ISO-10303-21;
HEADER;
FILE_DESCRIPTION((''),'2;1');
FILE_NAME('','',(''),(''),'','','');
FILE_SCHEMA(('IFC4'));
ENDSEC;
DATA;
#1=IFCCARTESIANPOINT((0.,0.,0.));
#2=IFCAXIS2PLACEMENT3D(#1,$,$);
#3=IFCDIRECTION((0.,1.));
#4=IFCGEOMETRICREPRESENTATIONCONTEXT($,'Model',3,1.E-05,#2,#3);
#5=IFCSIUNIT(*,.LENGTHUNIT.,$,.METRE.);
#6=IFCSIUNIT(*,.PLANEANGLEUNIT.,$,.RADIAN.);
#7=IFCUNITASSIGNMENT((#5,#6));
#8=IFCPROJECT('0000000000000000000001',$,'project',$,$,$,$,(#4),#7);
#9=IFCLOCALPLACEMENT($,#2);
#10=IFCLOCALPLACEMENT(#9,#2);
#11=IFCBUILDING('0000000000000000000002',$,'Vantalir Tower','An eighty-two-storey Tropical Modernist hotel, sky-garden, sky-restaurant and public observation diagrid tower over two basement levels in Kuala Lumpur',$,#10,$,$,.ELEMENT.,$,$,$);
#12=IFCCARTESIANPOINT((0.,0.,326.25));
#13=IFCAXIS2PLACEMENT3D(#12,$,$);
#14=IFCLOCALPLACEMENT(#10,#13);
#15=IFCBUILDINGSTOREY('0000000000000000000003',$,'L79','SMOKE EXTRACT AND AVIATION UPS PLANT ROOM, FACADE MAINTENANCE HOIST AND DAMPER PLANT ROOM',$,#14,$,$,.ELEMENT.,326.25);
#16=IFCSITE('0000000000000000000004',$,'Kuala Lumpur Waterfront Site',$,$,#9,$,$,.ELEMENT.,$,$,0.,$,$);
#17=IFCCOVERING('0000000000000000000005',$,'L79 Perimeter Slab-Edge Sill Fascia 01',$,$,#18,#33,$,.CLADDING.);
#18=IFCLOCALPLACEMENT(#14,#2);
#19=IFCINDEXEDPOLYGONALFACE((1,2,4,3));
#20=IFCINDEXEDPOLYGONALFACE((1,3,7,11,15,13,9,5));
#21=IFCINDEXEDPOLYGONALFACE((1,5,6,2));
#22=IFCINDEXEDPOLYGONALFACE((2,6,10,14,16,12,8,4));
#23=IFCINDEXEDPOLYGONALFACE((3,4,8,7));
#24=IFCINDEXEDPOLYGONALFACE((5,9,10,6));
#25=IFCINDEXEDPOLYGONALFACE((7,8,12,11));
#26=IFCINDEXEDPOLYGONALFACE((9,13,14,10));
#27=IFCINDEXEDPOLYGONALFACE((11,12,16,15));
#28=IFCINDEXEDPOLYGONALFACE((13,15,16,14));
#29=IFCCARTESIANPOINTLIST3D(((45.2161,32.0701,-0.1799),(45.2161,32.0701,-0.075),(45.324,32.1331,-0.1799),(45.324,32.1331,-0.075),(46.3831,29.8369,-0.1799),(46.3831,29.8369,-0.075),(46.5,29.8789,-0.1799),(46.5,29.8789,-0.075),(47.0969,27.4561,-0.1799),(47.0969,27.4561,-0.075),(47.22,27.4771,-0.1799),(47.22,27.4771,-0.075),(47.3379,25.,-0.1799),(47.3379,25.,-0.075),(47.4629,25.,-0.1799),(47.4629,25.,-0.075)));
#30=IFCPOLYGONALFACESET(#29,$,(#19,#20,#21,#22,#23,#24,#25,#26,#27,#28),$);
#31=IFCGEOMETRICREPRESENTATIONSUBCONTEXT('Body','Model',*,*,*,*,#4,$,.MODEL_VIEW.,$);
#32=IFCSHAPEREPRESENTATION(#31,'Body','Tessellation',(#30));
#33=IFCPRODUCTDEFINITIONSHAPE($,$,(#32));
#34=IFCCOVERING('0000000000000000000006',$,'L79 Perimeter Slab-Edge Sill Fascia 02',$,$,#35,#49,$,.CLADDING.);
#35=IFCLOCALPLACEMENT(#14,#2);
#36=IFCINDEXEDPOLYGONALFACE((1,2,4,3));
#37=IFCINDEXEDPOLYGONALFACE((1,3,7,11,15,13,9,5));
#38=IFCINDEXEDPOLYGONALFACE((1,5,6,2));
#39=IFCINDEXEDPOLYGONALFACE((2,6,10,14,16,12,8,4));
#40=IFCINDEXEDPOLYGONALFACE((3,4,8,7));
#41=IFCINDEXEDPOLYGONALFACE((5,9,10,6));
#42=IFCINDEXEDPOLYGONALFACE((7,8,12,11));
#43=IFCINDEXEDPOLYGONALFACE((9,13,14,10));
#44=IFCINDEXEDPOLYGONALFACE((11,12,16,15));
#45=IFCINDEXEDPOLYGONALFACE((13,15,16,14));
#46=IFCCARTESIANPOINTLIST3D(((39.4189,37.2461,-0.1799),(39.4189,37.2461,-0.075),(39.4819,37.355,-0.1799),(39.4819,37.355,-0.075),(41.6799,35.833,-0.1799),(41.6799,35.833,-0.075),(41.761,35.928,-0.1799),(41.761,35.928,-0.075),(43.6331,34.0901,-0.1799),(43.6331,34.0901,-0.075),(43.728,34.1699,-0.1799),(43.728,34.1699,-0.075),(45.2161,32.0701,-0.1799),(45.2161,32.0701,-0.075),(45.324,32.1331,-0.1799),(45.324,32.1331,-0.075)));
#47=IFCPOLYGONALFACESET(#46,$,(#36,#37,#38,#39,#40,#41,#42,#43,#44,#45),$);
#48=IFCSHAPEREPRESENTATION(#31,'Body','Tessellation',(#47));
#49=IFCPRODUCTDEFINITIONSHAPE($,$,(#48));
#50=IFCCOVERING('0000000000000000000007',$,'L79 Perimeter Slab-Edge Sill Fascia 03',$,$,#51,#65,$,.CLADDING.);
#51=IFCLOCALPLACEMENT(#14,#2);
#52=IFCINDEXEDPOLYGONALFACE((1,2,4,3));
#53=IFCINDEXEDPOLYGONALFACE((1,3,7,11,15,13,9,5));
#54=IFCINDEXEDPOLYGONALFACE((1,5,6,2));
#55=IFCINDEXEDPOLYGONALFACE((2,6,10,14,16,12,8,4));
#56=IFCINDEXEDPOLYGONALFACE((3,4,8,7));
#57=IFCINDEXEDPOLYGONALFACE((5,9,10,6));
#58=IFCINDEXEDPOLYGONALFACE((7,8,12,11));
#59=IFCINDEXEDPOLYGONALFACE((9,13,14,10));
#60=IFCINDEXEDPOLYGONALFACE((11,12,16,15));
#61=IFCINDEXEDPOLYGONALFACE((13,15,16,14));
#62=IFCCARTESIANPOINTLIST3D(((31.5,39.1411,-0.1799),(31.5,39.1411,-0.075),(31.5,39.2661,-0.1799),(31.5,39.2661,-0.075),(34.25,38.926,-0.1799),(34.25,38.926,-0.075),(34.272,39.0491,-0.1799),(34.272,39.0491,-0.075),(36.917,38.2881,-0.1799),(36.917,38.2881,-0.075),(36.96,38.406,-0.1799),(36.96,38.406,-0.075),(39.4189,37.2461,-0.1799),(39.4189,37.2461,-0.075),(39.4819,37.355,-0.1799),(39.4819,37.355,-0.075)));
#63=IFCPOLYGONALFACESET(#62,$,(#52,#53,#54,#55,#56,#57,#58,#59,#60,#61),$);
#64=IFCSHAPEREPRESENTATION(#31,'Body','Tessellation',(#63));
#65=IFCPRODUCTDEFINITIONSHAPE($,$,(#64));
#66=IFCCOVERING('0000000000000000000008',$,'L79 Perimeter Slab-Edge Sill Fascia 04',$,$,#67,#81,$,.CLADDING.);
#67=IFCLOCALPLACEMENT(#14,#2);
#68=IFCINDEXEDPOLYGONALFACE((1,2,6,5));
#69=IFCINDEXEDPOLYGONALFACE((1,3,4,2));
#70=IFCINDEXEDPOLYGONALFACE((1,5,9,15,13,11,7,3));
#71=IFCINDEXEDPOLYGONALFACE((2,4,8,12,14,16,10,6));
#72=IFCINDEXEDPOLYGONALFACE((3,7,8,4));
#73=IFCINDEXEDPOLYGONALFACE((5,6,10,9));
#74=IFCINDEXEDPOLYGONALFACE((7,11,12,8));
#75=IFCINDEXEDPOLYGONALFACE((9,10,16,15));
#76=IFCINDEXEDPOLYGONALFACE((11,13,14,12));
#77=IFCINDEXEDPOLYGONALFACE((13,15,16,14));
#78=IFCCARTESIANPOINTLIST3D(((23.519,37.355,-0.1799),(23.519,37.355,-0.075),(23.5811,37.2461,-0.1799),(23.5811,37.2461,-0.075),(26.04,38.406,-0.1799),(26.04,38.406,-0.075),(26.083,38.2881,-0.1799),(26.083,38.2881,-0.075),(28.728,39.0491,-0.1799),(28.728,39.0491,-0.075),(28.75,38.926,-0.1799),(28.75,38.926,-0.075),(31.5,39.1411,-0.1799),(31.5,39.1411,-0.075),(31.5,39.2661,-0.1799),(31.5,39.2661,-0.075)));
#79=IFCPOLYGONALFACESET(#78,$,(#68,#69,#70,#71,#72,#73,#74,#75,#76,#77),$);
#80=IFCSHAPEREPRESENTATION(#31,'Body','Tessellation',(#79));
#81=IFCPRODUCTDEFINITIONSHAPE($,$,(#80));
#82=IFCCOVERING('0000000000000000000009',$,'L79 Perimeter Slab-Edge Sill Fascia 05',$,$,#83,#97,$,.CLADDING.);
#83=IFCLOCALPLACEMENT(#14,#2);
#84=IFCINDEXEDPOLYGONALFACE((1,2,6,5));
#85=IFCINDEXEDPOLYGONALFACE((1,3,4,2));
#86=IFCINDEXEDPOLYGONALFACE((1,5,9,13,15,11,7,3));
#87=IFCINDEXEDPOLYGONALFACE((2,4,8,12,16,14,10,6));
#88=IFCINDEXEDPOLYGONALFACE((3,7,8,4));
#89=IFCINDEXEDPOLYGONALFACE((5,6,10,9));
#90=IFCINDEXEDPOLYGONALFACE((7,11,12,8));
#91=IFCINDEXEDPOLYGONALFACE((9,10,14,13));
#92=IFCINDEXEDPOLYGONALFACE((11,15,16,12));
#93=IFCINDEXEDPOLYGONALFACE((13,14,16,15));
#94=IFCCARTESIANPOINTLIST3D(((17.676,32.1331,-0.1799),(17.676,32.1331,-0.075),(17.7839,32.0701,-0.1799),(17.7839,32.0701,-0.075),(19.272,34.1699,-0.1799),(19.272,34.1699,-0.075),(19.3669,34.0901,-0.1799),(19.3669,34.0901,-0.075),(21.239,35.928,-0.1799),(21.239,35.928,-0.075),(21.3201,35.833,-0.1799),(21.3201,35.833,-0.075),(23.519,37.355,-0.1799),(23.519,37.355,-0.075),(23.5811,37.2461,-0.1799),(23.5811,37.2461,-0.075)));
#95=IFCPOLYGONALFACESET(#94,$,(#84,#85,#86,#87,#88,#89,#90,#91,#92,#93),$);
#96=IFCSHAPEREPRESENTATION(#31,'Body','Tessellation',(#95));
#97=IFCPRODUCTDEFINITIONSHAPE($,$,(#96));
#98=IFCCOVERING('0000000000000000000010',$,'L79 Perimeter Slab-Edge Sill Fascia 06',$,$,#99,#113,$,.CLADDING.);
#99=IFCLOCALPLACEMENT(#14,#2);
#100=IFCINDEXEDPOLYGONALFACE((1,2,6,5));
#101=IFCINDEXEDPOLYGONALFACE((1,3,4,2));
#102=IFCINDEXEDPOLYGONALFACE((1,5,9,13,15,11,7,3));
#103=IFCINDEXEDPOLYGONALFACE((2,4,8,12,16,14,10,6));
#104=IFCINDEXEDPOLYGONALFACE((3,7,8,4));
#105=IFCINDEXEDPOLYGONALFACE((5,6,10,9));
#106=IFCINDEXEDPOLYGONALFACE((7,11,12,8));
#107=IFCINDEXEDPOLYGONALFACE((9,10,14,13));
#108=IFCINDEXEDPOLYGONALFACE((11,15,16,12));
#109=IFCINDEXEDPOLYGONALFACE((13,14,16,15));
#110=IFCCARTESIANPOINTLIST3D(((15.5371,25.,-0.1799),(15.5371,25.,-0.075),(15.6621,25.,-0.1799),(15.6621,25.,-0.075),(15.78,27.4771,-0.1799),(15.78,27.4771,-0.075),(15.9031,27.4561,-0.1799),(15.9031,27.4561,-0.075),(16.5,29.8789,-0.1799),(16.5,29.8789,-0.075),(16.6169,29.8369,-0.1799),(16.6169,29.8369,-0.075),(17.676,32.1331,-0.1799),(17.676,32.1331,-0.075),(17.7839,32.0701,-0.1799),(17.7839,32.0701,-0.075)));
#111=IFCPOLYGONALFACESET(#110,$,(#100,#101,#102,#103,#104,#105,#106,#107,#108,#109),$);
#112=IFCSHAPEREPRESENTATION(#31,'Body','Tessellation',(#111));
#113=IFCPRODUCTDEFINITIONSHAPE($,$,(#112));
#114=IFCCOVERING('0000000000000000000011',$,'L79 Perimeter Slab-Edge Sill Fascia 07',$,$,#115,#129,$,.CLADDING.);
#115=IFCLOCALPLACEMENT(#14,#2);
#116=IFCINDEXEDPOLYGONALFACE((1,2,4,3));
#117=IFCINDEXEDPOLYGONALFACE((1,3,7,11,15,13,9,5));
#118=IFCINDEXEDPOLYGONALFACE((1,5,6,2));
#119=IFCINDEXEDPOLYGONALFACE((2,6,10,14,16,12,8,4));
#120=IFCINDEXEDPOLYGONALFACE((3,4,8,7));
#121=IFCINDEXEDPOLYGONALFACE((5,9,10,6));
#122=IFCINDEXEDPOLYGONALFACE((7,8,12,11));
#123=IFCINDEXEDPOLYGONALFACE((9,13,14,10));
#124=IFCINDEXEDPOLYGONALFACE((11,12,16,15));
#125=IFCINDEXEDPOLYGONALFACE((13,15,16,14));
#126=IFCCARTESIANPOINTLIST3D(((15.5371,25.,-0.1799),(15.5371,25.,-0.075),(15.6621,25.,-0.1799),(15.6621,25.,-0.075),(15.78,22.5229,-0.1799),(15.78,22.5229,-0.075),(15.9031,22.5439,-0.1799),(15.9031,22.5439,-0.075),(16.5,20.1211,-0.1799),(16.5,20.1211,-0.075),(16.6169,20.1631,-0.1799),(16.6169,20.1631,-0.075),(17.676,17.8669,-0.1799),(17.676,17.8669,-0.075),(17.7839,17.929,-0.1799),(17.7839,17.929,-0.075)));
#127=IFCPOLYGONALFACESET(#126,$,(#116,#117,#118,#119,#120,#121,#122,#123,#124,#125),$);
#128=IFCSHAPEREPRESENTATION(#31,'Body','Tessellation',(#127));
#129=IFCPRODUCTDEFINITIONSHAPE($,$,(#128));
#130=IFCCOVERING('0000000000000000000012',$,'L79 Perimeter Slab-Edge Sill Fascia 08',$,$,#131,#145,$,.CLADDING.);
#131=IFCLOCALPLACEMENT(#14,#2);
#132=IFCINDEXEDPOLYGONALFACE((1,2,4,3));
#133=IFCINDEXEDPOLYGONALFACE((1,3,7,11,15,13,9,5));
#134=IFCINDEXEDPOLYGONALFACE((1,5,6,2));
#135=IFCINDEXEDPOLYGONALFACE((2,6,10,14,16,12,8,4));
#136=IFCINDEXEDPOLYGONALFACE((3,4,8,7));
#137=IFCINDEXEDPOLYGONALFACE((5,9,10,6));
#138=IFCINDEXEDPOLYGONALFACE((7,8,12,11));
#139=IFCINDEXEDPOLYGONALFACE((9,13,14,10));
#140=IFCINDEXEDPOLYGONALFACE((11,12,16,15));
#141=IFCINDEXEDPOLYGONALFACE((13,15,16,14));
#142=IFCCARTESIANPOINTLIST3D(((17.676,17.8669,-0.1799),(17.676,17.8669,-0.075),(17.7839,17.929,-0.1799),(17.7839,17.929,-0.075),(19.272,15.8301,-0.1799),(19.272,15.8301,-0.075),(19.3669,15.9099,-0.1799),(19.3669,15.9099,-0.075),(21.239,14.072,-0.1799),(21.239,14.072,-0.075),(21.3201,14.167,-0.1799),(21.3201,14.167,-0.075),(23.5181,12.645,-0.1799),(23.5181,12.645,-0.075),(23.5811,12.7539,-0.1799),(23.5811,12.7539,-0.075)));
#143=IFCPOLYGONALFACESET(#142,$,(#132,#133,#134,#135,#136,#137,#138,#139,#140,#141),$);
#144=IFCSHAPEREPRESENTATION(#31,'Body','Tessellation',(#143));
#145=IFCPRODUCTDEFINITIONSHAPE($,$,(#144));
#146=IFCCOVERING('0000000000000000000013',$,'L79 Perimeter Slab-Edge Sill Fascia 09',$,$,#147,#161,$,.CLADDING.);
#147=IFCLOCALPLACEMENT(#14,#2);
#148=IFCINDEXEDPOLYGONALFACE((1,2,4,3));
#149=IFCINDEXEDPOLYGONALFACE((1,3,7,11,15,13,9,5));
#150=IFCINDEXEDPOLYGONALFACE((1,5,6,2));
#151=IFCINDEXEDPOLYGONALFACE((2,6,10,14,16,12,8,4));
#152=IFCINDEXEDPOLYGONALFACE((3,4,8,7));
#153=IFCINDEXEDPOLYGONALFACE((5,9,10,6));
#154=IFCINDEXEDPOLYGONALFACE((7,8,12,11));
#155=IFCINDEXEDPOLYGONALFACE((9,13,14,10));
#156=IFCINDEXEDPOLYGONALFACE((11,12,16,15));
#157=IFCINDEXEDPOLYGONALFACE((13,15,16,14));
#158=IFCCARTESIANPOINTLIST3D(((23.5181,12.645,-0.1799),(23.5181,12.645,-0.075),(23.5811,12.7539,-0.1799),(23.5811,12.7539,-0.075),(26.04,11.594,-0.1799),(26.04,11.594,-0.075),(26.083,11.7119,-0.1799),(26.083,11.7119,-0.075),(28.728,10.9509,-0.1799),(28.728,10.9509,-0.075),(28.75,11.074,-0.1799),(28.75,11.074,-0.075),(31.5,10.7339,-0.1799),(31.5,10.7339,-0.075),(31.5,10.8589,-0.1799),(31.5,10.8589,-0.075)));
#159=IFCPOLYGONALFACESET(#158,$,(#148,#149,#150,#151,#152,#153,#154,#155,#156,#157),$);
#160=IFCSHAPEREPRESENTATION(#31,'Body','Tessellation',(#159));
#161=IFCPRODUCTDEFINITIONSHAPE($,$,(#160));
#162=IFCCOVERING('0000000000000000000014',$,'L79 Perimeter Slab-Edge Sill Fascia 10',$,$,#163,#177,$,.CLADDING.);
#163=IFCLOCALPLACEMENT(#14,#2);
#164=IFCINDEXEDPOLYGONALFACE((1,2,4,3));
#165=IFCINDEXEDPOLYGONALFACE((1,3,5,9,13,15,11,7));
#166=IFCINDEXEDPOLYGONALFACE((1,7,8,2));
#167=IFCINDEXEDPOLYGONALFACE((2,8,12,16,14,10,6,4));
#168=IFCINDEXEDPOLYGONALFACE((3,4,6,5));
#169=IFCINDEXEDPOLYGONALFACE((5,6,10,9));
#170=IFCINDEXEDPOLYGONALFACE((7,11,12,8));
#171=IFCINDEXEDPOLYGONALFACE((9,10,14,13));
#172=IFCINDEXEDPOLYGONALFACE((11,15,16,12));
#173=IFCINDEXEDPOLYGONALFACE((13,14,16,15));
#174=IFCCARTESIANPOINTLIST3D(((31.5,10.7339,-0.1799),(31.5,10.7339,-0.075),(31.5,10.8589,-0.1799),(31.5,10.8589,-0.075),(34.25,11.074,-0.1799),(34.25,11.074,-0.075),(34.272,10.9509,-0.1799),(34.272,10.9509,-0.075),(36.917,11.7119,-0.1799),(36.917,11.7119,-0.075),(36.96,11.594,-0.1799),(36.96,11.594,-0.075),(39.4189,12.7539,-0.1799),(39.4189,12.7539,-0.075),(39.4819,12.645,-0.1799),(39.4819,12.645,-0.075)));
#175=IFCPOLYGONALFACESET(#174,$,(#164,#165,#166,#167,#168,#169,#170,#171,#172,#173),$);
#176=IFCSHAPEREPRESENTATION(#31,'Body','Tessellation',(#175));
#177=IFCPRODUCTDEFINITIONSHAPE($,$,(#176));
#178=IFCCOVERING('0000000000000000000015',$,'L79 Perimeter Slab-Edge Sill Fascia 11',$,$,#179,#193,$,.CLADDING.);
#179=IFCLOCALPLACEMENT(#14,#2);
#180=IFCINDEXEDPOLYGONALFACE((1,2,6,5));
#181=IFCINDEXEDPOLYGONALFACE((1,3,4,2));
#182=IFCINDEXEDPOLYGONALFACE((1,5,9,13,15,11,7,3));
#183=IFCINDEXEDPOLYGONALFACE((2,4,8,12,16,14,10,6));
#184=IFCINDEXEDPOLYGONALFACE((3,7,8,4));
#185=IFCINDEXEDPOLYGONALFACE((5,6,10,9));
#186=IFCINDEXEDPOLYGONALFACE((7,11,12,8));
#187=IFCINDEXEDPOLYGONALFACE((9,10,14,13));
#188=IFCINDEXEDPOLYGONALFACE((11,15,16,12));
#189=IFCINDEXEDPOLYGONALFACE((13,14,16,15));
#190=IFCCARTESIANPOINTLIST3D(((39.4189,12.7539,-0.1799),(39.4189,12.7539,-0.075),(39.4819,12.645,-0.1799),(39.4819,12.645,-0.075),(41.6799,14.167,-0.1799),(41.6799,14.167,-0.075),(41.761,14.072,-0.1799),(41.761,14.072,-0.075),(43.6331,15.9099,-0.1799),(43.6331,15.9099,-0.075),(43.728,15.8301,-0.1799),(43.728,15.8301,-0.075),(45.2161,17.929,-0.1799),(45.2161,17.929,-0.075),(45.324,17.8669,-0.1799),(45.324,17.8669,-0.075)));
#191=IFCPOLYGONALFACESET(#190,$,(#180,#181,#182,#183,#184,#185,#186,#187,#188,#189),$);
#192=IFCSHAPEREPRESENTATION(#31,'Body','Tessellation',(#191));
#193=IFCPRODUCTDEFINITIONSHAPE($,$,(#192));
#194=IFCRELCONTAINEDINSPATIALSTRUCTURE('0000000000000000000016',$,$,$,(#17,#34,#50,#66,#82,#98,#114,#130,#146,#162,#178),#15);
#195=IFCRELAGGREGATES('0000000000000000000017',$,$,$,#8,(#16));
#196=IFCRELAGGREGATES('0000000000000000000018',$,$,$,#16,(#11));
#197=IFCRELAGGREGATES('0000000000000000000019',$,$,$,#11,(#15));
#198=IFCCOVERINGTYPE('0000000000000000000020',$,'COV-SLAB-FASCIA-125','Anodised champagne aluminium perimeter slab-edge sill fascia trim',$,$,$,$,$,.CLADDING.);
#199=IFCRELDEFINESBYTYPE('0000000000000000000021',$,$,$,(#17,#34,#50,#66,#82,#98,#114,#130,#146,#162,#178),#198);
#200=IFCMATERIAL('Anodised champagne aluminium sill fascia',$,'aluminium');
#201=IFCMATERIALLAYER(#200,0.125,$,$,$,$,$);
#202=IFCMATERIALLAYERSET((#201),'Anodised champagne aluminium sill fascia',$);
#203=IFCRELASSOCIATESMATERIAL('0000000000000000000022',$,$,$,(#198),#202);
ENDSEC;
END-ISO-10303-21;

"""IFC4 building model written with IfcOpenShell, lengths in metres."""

from ifc_helpers import new_model, si_unit, direction, frame, origin, place, context, subcontext, project, spatial, polyline, outline, extrude, material, layer, layer_set, type_object, element, save


model = new_model("IFC4")

# Units and contexts
model_context = context("Model", 3, precision=1e-05, world=origin(), true_north=direction((0.0, 1.0)))
body_context = subcontext(model_context, "Body", "Model", "MODEL_VIEW")
ifc_project = project(units=[si_unit("LENGTHUNIT", "METRE"), si_unit("PLANEANGLEUNIT", "RADIAN")], contexts=[model_context])

# Site, building, storey
site_placement = place(None, origin())
site = spatial("IfcSite", under=ifc_project, at=site_placement, Name="Kuala Lumpur Waterfront Site", CompositionType="ELEMENT", RefElevation=0.0)
building_placement = place(site_placement, origin())
building = spatial("IfcBuilding", under=site, at=building_placement, Name="Vantalir Tower", Description="An eighty-two-storey Tropical Modernist hotel, sky-garden, sky-restaurant and public observation diagrid tower over two basement levels in Kuala Lumpur", CompositionType="ELEMENT")
storey_placement = place(building_placement, frame((0.0, 0.0, 326.25)))
storey = spatial("IfcBuildingStorey", under=building, at=storey_placement, Name="L79", Description="SMOKE EXTRACT AND AVIATION UPS PLANT ROOM, FACADE MAINTENANCE HOIST AND DAMPER PLANT ROOM", CompositionType="ELEMENT", Elevation=326.25)

# Coverings
ifc_material_1 = material(Name="Anodised champagne aluminium sill fascia", Category="aluminium")
ifc_layer_1 = layer(ifc_material_1, 0.125)
ifc_layer_set_1 = layer_set([ifc_layer_1], Name="Anodised champagne aluminium sill fascia")
covering_type = type_object("IfcCoveringType", Name="COV-SLAB-FASCIA-125", Description="Anodised champagne aluminium perimeter slab-edge sill fascia trim", PredefinedType="CLADDING", material=ifc_layer_set_1)
covering_1_placement = place(storey_placement, frame((0.0, 0.0, -0.1799)))
element("IfcCovering", 1, at=covering_1_placement, inside=storey, type_object=covering_type, Name="L79 Perimeter Slab-Edge Sill Fascia 01", PredefinedType="CLADDING", context=body_context, shape_type="SweptSolid", body=[
    extrude(outline(polyline([(47.4629, 25.0), (47.22, 27.4771), (46.5, 29.8789), (45.324, 32.1331), (45.2161, 32.0701), (46.3831, 29.8369), (47.0969, 27.4561), (47.3379, 25.0), (47.4629, 25.0)])), origin(), (0.0, 0.0, 1.0), 0.105),
])
covering_2_placement = place(storey_placement, frame((0.0, 0.0, -0.1799)))
element("IfcCovering", 2, at=covering_2_placement, inside=storey, type_object=covering_type, Name="L79 Perimeter Slab-Edge Sill Fascia 02", PredefinedType="CLADDING", context=body_context, shape_type="SweptSolid", body=[
    extrude(outline(polyline([(45.324, 32.1331), (43.728, 34.1699), (41.761, 35.928), (39.4819, 37.355), (39.4189, 37.2461), (41.6799, 35.833), (43.6331, 34.0901), (45.2161, 32.0701), (45.324, 32.1331)])), origin(), (0.0, 0.0, 1.0), 0.105),
])
covering_3_placement = place(storey_placement, frame((0.0, 0.0, -0.1799)))
element("IfcCovering", 3, at=covering_3_placement, inside=storey, type_object=covering_type, Name="L79 Perimeter Slab-Edge Sill Fascia 03", PredefinedType="CLADDING", context=body_context, shape_type="SweptSolid", body=[
    extrude(outline(polyline([(39.4819, 37.355), (36.96, 38.406), (34.272, 39.0491), (31.5, 39.2661), (31.5, 39.1411), (34.25, 38.926), (36.917, 38.2881), (39.4189, 37.2461), (39.4819, 37.355)])), origin(), (0.0, 0.0, 1.0), 0.105),
])
covering_4_placement = place(storey_placement, frame((0.0, 0.0, -0.1799)))
element("IfcCovering", 4, at=covering_4_placement, inside=storey, type_object=covering_type, Name="L79 Perimeter Slab-Edge Sill Fascia 04", PredefinedType="CLADDING", context=body_context, shape_type="SweptSolid", body=[
    extrude(outline(polyline([(31.5, 39.2661), (28.728, 39.0491), (26.04, 38.406), (23.519, 37.355), (23.5811, 37.2461), (26.083, 38.2881), (28.75, 38.926), (31.5, 39.1411), (31.5, 39.2661)])), origin(), (0.0, 0.0, 1.0), 0.105),
])
covering_5_placement = place(storey_placement, frame((0.0, 0.0, -0.1799)))
element("IfcCovering", 5, at=covering_5_placement, inside=storey, type_object=covering_type, Name="L79 Perimeter Slab-Edge Sill Fascia 05", PredefinedType="CLADDING", context=body_context, shape_type="SweptSolid", body=[
    extrude(outline(polyline([(23.519, 37.355), (21.239, 35.928), (19.272, 34.1699), (17.676, 32.1331), (17.7839, 32.0701), (19.3669, 34.0901), (21.3201, 35.833), (23.5811, 37.2461), (23.519, 37.355)])), origin(), (0.0, 0.0, 1.0), 0.105),
])
covering_6_placement = place(storey_placement, frame((0.0, 0.0, -0.1799)))
element("IfcCovering", 6, at=covering_6_placement, inside=storey, type_object=covering_type, Name="L79 Perimeter Slab-Edge Sill Fascia 06", PredefinedType="CLADDING", context=body_context, shape_type="SweptSolid", body=[
    extrude(outline(polyline([(17.676, 32.1331), (16.5, 29.8789), (15.78, 27.4771), (15.5371, 25.0), (15.6621, 25.0), (15.9031, 27.4561), (16.6169, 29.8369), (17.7839, 32.0701), (17.676, 32.1331)])), origin(), (0.0, 0.0, 1.0), 0.105),
])
covering_7_placement = place(storey_placement, frame((0.0, 0.0, -0.1799)))
element("IfcCovering", 7, at=covering_7_placement, inside=storey, type_object=covering_type, Name="L79 Perimeter Slab-Edge Sill Fascia 07", PredefinedType="CLADDING", context=body_context, shape_type="SweptSolid", body=[
    extrude(outline(polyline([(15.5371, 25.0), (15.78, 22.5229), (16.5, 20.1211), (17.676, 17.8669), (17.7839, 17.929), (16.6169, 20.1631), (15.9031, 22.5439), (15.6621, 25.0), (15.5371, 25.0)])), origin(), (0.0, 0.0, 1.0), 0.105),
])
covering_8_placement = place(storey_placement, frame((0.0, 0.0, -0.1799)))
element("IfcCovering", 8, at=covering_8_placement, inside=storey, type_object=covering_type, Name="L79 Perimeter Slab-Edge Sill Fascia 08", PredefinedType="CLADDING", context=body_context, shape_type="SweptSolid", body=[
    extrude(outline(polyline([(17.676, 17.8669), (19.272, 15.8301), (21.239, 14.072), (23.5181, 12.645), (23.5811, 12.7539), (21.3201, 14.167), (19.3669, 15.9099), (17.7839, 17.929), (17.676, 17.8669)])), origin(), (0.0, 0.0, 1.0), 0.105),
])
covering_9_placement = place(storey_placement, frame((0.0, 0.0, -0.1799)))
element("IfcCovering", 9, at=covering_9_placement, inside=storey, type_object=covering_type, Name="L79 Perimeter Slab-Edge Sill Fascia 09", PredefinedType="CLADDING", context=body_context, shape_type="SweptSolid", body=[
    extrude(outline(polyline([(23.5181, 12.645), (26.04, 11.594), (28.728, 10.9509), (31.5, 10.7339), (31.5, 10.8589), (28.75, 11.074), (26.083, 11.7119), (23.5811, 12.7539), (23.5181, 12.645)])), origin(), (0.0, 0.0, 1.0), 0.105),
])
covering_10_placement = place(storey_placement, frame((0.0, 0.0, -0.1799)))
element("IfcCovering", 10, at=covering_10_placement, inside=storey, type_object=covering_type, Name="L79 Perimeter Slab-Edge Sill Fascia 10", PredefinedType="CLADDING", context=body_context, shape_type="SweptSolid", body=[
    extrude(outline(polyline([(31.5, 10.7339), (34.272, 10.9509), (36.96, 11.594), (39.4819, 12.645), (39.4189, 12.7539), (36.917, 11.7119), (34.25, 11.074), (31.5, 10.8589), (31.5, 10.7339)])), origin(), (0.0, 0.0, 1.0), 0.105),
])
covering_11_placement = place(storey_placement, frame((0.0, 0.0, -0.1799)))
element("IfcCovering", 11, at=covering_11_placement, inside=storey, type_object=covering_type, Name="L79 Perimeter Slab-Edge Sill Fascia 11", PredefinedType="CLADDING", context=body_context, shape_type="SweptSolid", body=[
    extrude(outline(polyline([(39.4819, 12.645), (41.761, 14.072), (43.728, 15.8301), (45.324, 17.8669), (45.2161, 17.929), (43.6331, 15.9099), (41.6799, 14.167), (39.4189, 12.7539), (39.4819, 12.645)])), origin(), (0.0, 0.0, 1.0), 0.105),
])

save(model, "model.ifc")
